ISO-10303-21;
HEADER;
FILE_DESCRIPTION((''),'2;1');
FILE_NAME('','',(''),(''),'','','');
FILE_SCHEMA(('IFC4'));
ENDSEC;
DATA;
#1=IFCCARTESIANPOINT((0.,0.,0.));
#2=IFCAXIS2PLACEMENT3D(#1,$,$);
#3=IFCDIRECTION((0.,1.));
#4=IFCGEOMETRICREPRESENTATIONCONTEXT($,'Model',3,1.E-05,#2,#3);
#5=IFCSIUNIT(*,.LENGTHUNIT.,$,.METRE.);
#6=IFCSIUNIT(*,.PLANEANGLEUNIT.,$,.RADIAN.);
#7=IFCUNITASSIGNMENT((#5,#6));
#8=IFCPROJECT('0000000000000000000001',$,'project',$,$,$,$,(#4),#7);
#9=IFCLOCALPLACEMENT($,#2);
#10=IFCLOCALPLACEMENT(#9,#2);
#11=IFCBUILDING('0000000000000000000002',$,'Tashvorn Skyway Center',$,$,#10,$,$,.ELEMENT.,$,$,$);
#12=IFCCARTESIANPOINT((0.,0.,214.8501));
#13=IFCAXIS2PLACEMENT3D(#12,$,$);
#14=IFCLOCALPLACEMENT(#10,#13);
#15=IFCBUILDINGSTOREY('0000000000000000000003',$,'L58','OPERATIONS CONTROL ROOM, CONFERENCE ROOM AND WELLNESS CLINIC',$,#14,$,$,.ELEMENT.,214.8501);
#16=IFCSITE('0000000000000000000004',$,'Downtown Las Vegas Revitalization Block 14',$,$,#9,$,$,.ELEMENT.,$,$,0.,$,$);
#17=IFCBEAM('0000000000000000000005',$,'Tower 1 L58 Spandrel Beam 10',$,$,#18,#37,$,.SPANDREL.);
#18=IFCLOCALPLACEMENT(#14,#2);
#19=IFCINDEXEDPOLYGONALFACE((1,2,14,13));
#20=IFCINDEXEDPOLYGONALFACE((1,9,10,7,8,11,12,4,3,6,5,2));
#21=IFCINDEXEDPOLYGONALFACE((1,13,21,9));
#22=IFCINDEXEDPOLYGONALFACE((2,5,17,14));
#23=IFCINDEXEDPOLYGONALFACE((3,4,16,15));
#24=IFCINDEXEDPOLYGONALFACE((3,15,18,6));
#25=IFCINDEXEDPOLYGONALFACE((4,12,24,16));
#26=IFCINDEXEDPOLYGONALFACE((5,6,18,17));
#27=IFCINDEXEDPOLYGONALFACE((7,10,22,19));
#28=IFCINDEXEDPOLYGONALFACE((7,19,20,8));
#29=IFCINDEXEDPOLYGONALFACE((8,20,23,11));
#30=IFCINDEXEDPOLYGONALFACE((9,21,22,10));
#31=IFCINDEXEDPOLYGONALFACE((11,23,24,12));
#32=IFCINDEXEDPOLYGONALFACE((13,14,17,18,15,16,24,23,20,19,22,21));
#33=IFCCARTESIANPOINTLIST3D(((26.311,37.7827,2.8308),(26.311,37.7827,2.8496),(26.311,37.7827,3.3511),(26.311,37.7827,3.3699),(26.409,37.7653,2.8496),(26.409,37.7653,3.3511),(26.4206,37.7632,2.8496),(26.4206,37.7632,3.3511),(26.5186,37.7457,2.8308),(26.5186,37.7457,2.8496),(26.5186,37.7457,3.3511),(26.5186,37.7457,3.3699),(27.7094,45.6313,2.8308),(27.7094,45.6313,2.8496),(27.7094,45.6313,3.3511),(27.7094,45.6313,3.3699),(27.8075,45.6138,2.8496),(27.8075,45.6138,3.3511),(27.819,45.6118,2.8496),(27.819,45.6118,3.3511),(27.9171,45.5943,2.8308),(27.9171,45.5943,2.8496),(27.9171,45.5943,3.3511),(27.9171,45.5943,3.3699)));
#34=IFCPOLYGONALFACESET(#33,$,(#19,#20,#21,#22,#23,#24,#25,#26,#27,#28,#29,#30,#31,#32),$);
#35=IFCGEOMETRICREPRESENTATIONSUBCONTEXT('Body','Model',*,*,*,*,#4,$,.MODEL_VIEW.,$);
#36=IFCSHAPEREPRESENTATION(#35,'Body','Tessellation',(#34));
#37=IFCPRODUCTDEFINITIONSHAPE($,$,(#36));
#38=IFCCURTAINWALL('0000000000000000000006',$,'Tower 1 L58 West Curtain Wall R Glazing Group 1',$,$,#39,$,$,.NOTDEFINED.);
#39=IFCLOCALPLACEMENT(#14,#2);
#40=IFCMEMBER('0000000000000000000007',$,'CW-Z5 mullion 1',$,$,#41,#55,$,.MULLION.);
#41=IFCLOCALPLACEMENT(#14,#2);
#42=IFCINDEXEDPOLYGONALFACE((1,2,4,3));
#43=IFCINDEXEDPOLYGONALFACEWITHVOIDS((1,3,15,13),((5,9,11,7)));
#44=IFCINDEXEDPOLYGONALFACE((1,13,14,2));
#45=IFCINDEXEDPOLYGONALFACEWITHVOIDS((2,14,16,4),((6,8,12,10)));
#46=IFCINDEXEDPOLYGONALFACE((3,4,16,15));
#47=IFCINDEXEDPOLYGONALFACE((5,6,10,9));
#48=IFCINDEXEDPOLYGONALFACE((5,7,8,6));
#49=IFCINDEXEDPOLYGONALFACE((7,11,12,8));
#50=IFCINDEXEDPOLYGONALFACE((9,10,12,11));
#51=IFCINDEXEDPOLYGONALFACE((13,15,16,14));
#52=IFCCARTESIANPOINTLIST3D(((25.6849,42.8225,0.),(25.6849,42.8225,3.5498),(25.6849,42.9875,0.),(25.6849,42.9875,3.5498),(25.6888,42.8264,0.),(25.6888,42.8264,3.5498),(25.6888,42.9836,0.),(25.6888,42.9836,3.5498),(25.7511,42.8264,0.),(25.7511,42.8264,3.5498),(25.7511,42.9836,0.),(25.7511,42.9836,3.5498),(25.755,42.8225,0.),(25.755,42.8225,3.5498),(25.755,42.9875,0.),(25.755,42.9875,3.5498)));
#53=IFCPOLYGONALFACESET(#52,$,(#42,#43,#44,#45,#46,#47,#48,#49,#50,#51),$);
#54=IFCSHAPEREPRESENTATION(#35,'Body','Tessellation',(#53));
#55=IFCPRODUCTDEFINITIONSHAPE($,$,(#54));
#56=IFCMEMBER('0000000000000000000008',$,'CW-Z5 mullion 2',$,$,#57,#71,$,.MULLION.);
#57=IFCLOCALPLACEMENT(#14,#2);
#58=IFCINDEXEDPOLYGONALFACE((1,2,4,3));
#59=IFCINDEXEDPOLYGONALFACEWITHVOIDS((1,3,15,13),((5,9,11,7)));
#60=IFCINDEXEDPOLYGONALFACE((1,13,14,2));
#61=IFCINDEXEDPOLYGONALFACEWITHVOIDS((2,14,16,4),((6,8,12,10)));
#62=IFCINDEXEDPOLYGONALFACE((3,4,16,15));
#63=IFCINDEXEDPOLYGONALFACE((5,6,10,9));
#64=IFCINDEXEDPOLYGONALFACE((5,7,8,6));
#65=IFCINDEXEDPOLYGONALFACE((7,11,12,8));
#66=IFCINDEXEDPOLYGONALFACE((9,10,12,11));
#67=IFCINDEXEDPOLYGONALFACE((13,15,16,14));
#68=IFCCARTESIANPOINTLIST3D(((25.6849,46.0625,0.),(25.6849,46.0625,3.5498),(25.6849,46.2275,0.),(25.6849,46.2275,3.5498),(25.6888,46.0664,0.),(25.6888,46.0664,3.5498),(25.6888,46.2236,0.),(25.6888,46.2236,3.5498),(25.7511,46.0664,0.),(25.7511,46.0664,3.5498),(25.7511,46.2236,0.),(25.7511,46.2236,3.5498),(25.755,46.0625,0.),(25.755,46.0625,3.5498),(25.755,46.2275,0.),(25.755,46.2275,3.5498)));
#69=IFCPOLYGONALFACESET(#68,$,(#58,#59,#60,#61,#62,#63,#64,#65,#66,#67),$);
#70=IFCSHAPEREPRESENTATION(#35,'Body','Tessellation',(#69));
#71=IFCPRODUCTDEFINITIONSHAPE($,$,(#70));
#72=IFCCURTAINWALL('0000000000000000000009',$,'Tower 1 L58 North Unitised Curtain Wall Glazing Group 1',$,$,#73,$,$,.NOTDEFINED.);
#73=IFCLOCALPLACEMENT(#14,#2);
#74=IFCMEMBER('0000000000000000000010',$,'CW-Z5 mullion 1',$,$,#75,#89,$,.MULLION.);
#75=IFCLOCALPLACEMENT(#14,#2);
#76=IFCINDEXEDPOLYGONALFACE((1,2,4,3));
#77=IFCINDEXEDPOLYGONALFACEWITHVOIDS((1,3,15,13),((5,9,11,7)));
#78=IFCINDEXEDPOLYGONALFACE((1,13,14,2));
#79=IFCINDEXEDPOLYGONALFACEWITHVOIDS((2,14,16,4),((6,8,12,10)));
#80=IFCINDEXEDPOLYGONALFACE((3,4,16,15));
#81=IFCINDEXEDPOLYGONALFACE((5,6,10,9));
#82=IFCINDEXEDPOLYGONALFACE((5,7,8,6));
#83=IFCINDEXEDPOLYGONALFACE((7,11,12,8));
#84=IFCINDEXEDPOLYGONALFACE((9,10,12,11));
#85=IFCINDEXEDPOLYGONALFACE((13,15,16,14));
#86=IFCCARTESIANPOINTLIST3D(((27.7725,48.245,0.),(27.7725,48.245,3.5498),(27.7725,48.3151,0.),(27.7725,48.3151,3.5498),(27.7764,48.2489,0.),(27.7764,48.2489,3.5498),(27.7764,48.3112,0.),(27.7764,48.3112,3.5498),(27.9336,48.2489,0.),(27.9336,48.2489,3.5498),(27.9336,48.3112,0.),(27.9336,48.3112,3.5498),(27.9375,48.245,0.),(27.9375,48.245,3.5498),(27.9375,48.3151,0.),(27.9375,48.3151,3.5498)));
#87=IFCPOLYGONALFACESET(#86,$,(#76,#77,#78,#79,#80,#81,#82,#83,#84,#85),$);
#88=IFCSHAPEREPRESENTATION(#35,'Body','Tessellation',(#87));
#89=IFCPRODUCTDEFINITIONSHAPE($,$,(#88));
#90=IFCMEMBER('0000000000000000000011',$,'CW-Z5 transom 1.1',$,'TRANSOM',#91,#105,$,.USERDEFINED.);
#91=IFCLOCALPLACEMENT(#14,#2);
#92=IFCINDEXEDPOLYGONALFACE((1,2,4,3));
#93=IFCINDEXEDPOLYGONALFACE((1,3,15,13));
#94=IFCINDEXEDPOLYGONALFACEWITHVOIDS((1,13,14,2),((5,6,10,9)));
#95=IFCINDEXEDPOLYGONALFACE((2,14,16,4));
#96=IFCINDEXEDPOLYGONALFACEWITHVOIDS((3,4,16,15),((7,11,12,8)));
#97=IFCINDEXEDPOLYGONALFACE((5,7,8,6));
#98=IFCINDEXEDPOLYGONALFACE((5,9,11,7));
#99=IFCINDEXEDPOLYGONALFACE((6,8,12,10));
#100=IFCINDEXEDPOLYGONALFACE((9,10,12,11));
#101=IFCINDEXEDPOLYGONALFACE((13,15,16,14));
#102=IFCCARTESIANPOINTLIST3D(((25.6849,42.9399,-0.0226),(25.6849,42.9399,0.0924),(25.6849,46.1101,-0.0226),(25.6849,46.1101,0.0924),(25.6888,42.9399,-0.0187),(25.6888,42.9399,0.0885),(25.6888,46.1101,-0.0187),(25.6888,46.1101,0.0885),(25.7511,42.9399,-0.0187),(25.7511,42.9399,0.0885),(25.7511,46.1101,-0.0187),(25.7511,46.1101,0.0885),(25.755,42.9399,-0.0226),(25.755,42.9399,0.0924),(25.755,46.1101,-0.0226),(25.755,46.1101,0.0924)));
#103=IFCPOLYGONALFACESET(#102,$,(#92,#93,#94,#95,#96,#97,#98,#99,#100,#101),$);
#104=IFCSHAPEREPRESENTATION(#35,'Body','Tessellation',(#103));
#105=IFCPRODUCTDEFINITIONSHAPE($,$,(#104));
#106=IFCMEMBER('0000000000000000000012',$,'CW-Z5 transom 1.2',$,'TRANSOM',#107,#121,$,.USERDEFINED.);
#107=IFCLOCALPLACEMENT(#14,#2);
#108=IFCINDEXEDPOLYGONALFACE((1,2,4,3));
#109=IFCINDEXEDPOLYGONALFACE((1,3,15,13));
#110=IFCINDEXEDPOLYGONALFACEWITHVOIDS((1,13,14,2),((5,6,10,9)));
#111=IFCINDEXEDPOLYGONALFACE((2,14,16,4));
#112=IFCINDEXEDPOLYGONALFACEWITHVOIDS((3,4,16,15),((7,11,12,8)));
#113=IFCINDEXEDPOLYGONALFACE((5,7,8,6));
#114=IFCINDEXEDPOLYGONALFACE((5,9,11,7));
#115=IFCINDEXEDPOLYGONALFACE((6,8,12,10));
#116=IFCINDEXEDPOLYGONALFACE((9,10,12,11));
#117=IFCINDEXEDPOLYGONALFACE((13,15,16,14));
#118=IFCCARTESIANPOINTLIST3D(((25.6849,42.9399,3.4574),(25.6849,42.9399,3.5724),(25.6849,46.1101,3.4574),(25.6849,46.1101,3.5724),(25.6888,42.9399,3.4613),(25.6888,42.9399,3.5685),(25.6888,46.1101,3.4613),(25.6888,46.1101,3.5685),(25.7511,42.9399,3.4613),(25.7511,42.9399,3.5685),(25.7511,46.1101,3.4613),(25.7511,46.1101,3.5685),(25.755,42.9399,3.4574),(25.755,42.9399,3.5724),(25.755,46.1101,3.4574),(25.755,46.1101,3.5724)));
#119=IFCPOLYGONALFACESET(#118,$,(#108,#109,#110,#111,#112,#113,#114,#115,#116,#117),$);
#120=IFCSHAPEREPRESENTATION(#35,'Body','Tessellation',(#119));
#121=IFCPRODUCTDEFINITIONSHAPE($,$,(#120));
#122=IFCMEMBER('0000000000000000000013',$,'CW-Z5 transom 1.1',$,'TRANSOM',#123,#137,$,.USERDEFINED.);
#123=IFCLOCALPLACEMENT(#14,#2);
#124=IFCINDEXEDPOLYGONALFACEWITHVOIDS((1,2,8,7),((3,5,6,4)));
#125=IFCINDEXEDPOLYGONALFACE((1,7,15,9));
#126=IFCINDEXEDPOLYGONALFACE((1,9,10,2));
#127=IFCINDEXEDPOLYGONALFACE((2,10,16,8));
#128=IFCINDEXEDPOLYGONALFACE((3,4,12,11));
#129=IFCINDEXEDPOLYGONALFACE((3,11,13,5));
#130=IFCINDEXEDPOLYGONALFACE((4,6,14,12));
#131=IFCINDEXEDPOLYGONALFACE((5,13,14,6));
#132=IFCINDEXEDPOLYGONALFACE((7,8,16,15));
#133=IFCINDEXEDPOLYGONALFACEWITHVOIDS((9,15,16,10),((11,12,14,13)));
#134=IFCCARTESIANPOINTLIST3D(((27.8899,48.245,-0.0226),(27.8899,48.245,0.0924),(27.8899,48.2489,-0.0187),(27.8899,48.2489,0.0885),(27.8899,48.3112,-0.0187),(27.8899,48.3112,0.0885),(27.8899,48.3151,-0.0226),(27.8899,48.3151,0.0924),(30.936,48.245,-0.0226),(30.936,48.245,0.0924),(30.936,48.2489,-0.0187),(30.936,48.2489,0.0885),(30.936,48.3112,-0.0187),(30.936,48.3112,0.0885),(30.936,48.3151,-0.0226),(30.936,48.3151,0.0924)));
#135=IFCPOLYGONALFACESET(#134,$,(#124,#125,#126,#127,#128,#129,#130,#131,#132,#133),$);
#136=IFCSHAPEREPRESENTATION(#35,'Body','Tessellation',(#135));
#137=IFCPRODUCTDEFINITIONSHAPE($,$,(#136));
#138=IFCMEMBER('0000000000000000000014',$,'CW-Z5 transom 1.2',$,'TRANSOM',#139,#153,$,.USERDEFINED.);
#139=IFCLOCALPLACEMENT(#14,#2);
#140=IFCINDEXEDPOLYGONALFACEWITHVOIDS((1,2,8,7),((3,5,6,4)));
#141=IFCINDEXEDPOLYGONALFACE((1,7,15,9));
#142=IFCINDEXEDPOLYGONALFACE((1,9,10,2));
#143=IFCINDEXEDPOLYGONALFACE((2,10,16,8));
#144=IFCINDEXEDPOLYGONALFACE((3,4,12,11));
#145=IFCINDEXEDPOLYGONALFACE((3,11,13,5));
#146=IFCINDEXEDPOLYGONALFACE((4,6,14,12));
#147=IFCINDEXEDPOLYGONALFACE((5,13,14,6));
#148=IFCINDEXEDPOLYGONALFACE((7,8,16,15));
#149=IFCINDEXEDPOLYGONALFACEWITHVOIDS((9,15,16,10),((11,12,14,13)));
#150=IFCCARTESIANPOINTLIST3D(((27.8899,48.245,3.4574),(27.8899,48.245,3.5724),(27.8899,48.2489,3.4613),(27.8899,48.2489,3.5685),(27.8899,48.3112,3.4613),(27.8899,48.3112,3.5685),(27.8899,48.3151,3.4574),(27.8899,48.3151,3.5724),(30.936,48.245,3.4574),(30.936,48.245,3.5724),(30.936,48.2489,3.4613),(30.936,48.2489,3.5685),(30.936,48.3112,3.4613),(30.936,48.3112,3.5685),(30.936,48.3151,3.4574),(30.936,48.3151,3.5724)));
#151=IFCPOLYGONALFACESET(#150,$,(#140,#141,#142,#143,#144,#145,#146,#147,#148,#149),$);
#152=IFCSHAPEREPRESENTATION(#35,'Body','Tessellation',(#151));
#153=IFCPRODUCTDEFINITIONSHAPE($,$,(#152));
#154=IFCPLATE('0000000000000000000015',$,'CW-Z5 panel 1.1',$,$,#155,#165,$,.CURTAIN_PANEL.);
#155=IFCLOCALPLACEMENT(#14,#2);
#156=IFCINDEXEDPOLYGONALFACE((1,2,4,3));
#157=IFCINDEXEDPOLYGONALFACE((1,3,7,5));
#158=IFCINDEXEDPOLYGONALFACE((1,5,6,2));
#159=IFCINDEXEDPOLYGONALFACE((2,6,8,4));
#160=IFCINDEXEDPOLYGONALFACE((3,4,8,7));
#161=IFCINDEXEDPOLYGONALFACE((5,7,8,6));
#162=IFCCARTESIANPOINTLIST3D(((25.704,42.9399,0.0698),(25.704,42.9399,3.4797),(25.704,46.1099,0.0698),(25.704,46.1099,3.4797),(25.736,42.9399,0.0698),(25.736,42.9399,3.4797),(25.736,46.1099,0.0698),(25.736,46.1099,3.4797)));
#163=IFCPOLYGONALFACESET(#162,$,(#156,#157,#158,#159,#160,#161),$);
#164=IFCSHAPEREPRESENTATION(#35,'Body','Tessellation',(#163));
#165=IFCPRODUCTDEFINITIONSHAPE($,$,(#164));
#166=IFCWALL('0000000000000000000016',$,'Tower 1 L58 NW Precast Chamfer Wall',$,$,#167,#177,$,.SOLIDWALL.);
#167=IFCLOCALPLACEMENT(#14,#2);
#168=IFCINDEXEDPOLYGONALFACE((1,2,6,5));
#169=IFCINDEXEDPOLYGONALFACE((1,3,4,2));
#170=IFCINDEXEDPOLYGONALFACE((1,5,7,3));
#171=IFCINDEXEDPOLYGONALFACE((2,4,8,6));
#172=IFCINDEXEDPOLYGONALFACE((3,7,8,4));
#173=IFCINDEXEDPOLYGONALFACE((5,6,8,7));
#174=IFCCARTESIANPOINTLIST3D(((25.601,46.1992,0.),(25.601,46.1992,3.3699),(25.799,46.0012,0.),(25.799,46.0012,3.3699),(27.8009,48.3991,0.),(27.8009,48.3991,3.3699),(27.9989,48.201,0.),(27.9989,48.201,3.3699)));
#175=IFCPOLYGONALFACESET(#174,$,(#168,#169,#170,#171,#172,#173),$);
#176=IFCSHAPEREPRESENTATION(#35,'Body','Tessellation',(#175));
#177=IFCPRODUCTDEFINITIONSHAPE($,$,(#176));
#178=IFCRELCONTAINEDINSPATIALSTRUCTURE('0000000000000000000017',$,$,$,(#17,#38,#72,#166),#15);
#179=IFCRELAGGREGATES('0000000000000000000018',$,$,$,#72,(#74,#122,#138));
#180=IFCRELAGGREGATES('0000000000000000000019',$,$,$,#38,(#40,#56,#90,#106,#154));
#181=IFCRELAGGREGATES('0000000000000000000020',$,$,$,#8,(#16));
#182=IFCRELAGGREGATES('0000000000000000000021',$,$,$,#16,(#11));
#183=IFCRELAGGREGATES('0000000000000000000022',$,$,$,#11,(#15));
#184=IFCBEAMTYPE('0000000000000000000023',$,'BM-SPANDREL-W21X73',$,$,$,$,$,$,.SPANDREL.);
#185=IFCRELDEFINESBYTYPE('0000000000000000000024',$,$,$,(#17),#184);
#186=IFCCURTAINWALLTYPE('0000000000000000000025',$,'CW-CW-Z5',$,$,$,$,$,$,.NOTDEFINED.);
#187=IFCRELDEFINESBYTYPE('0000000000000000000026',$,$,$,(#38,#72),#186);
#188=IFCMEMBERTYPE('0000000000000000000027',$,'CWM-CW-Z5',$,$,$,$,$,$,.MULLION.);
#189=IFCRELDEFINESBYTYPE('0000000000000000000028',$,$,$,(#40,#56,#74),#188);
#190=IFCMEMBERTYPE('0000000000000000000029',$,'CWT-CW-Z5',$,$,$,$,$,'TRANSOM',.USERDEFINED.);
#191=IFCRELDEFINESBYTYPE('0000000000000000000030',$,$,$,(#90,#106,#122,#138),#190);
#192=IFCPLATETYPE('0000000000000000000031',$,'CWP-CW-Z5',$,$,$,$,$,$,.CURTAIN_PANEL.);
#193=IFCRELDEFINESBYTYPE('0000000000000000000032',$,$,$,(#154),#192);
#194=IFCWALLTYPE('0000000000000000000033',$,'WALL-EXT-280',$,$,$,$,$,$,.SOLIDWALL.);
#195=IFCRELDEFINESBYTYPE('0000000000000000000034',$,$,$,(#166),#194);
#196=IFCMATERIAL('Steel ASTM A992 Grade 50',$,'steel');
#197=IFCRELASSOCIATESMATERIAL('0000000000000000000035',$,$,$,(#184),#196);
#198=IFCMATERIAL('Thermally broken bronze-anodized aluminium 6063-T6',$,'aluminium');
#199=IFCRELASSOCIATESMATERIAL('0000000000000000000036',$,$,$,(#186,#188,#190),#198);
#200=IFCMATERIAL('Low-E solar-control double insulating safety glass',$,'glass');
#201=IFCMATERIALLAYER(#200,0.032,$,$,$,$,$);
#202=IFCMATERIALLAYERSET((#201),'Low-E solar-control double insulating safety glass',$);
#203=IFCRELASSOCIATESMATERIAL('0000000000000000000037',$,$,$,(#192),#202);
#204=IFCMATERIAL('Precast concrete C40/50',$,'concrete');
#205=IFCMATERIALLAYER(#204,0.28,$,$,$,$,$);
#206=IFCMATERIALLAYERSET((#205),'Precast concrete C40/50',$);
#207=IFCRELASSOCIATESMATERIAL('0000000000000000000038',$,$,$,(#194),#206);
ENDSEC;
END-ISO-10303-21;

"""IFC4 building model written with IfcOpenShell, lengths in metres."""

from ifc_helpers import new_model, si_unit, direction, frame, frame_2d, origin, origin_2d, place, context, subcontext, project, spatial, rectangle, hollow_rectangle, i_section, extrude, material, layer, layer_set, material_profile, profile_set, type_object, element, aggregate, save


model = new_model("IFC4")

# Units and contexts
model_context = context("Model", 3, precision=1e-05, world=origin(), true_north=direction((0.0, 1.0)))
body_context = subcontext(model_context, "Body", "Model", "MODEL_VIEW")
ifc_project = project(units=[si_unit("LENGTHUNIT", "METRE"), si_unit("PLANEANGLEUNIT", "RADIAN")], contexts=[model_context])

# Site, building, storey
site_placement = place(None, origin())
site = spatial("IfcSite", under=ifc_project, at=site_placement, Name="Downtown Las Vegas Revitalization Block 14", CompositionType="ELEMENT", RefElevation=0.0)
building_placement = place(site_placement, origin())
building = spatial("IfcBuilding", under=site, at=building_placement, Name="Tashvorn Skyway Center", CompositionType="ELEMENT")
storey_placement = place(building_placement, frame((0.0, 0.0, 214.8501)))
storey = spatial("IfcBuildingStorey", under=building, at=storey_placement, Name="L58", Description="OPERATIONS CONTROL ROOM, CONFERENCE ROOM AND WELLNESS CLINIC", CompositionType="ELEMENT", Elevation=214.8501)

# Beam
ifc_material_1 = material(Name="Steel ASTM A992 Grade 50", Category="steel")
ifc_material_profile_1 = material_profile(ifc_material_1, i_section(OverallWidth=0.2109, OverallDepth=0.5391, WebThickness=0.0117, FlangeThickness=0.0188, at=origin_2d()), Name="W21X73")
ifc_profile_set_1 = profile_set([ifc_material_profile_1], Name="Steel ASTM A992 Grade 50")
beam_type = type_object("IfcBeamType", Name="BM-SPANDREL-W21X73", PredefinedType="SPANDREL", material=ifc_profile_set_1)
beam_placement = place(storey_placement, frame((27.8132, 45.6128, 3.1003), z_axis=(-0.175413, -0.984495, 0.0), x_axis=(0.984495, -0.175413, 0.0)))
element("IfcBeam", 1, at=beam_placement, inside=storey, type_object=beam_type, Name="Tower 1 L58 Spandrel Beam 10", PredefinedType="SPANDREL", context=body_context, shape_type="SweptSolid", body=[
    extrude(i_section(OverallWidth=0.2109, OverallDepth=0.5391, WebThickness=0.0117, FlangeThickness=0.0188, at=origin_2d()), origin(), (0.0, 0.0, 1.0), 7.9722),
])

# Curtain wall, members
ifc_material_2 = material(Name="Thermally broken bronze-anodized aluminium 6063-T6", Category="aluminium")
curtain_wall_type = type_object("IfcCurtainWallType", Name="CW-CW-Z5", PredefinedType="NOTDEFINED", material=ifc_material_2)
curtain_wall_1_placement = place(storey_placement, origin())
curtain_wall_1 = element("IfcCurtainWall", 2, at=curtain_wall_1_placement, inside=storey, type_object=curtain_wall_type, Name="Tower 1 L58 West Curtain Wall R Glazing Group 1", PredefinedType="NOTDEFINED")
ifc_material_profile_2 = material_profile(ifc_material_2, hollow_rectangle(XDim=0.0701, YDim=0.165, WallThickness=0.0039, at=origin_2d()), Name="ALU-MULL-70x165")
ifc_profile_set_2 = profile_set([ifc_material_profile_2], Name="Thermally broken bronze-anodized aluminium 6063-T6")
member_type_1 = type_object("IfcMemberType", Name="CWM-CW-Z5", PredefinedType="MULLION", material=ifc_profile_set_2)
member_1_placement = place(storey_placement, frame((25.72, 42.905, 0.0), z_axis=(0.0, 0.0, 1.0), x_axis=(-1.0, 0.0, 0.0)))
member_1 = element("IfcMember", 3, at=member_1_placement, type_object=member_type_1, Name="CW-Z5 mullion 1", PredefinedType="MULLION", context=body_context, shape_type="SweptSolid", body=[
    extrude(hollow_rectangle(XDim=0.0701, YDim=0.165, WallThickness=0.0039, at=origin_2d()), origin(), (0.0, 0.0, 1.0), 3.5498),
])
member_2_placement = place(storey_placement, frame((25.72, 46.145, 0.0), z_axis=(0.0, 0.0, 1.0), x_axis=(-1.0, 0.0, 0.0)))
member_2 = element("IfcMember", 4, at=member_2_placement, type_object=member_type_1, Name="CW-Z5 mullion 2", PredefinedType="MULLION", context=body_context, shape_type="SweptSolid", body=[
    extrude(hollow_rectangle(XDim=0.0701, YDim=0.165, WallThickness=0.0039, at=origin_2d()), origin(), (0.0, 0.0, 1.0), 3.5498),
])

# Curtain wall, member
curtain_wall_2_placement = place(storey_placement, origin())
curtain_wall_2 = element("IfcCurtainWall", 5, at=curtain_wall_2_placement, inside=storey, type_object=curtain_wall_type, Name="Tower 1 L58 North Unitised Curtain Wall Glazing Group 1", PredefinedType="NOTDEFINED")
member_3_placement = place(storey_placement, frame((27.855, 48.28, 0.0), z_axis=(0.0, 0.0, 1.0), x_axis=(0.0, 1.0, 0.0)))
member_3 = element("IfcMember", 6, at=member_3_placement, type_object=member_type_1, Name="CW-Z5 mullion 1", PredefinedType="MULLION", context=body_context, shape_type="SweptSolid", body=[
    extrude(hollow_rectangle(XDim=0.0701, YDim=0.165, WallThickness=0.0039, at=origin_2d()), origin(), (0.0, 0.0, 1.0), 3.5498),
])

# Members
ifc_material_profile_3 = material_profile(ifc_material_2, hollow_rectangle(XDim=0.0701, YDim=0.115, WallThickness=0.0039, at=origin_2d()), Name="ALU-TRAN-70x115")
ifc_profile_set_3 = profile_set([ifc_material_profile_3], Name="Thermally broken bronze-anodized aluminium 6063-T6")
member_type_2 = type_object("IfcMemberType", Name="CWT-CW-Z5", ElementType="TRANSOM", PredefinedType="USERDEFINED", material=ifc_profile_set_3)
member_4_placement = place(storey_placement, frame((25.72, 42.9399, 0.0349), z_axis=(0.0, 1.0, 0.0), x_axis=(-1.0, 0.0, 0.0)))
member_4 = element("IfcMember", 7, at=member_4_placement, type_object=member_type_2, Name="CW-Z5 transom 1.1", ObjectType="TRANSOM", PredefinedType="USERDEFINED", context=body_context, shape_type="SweptSolid", body=[
    extrude(hollow_rectangle(XDim=0.0701, YDim=0.115, WallThickness=0.0039, at=origin_2d()), origin(), (0.0, 0.0, 1.0), 3.1702),
])
member_5_placement = place(storey_placement, frame((25.72, 42.9399, 3.5149), z_axis=(0.0, 1.0, 0.0), x_axis=(-1.0, 0.0, 0.0)))
member_5 = element("IfcMember", 8, at=member_5_placement, type_object=member_type_2, Name="CW-Z5 transom 1.2", ObjectType="TRANSOM", PredefinedType="USERDEFINED", context=body_context, shape_type="SweptSolid", body=[
    extrude(hollow_rectangle(XDim=0.0701, YDim=0.115, WallThickness=0.0039, at=origin_2d()), origin(), (0.0, 0.0, 1.0), 3.1702),
])
member_6_placement = place(storey_placement, frame((27.8899, 48.28, 0.0349), z_axis=(1.0, 0.0, 0.0), x_axis=(0.0, 1.0, 0.0)))
member_6 = element("IfcMember", 9, at=member_6_placement, type_object=member_type_2, Name="CW-Z5 transom 1.1", ObjectType="TRANSOM", PredefinedType="USERDEFINED", context=body_context, shape_type="SweptSolid", body=[
    extrude(hollow_rectangle(XDim=0.0701, YDim=0.115, WallThickness=0.0039, at=origin_2d()), origin(), (0.0, 0.0, 1.0), 3.0461),
])
member_7_placement = place(storey_placement, frame((27.8899, 48.28, 3.5149), z_axis=(1.0, 0.0, 0.0), x_axis=(0.0, 1.0, 0.0)))
member_7 = element("IfcMember", 10, at=member_7_placement, type_object=member_type_2, Name="CW-Z5 transom 1.2", ObjectType="TRANSOM", PredefinedType="USERDEFINED", context=body_context, shape_type="SweptSolid", body=[
    extrude(hollow_rectangle(XDim=0.0701, YDim=0.115, WallThickness=0.0039, at=origin_2d()), origin(), (0.0, 0.0, 1.0), 3.0461),
])
aggregate(curtain_wall_2, [member_3, member_6, member_7])

# Plate
ifc_material_3 = material(Name="Low-E solar-control double insulating safety glass", Category="glass")
ifc_layer_1 = layer(ifc_material_3, 0.032)
ifc_layer_set_1 = layer_set([ifc_layer_1], Name="Low-E solar-control double insulating safety glass")
plate_type = type_object("IfcPlateType", Name="CWP-CW-Z5", PredefinedType="CURTAIN_PANEL", material=ifc_layer_set_1)
plate_placement = place(storey_placement, frame((25.72, 44.5249, 0.0698), z_axis=(0.0, 0.0, 1.0), x_axis=(0.0, 1.0, 0.0)))
plate = element("IfcPlate", 11, at=plate_placement, type_object=plate_type, Name="CW-Z5 panel 1.1", PredefinedType="CURTAIN_PANEL", context=body_context, shape_type="SweptSolid", body=[
    extrude(rectangle(XDim=3.1699, YDim=0.032, at=origin_2d()), origin(), (0.0, 0.0, 1.0), 3.4099),
])
aggregate(curtain_wall_1, [member_1, member_2, member_4, member_5, plate])

# Wall
ifc_material_4 = material(Name="Precast concrete C40/50", Category="concrete")
ifc_layer_2 = layer(ifc_material_4, 0.28)
ifc_layer_set_2 = layer_set([ifc_layer_2], Name="Precast concrete C40/50")
wall_type_1 = type_object("IfcWallType", Name="WALL-EXT-280", PredefinedType="SOLIDWALL", material=ifc_layer_set_2)
wall_1_placement = place(storey_placement, frame((25.7, 46.1001, 0.0), z_axis=(0.0, 0.0, 1.0), x_axis=(0.707107, 0.707107, 0.0)))
element("IfcWall", 12, at=wall_1_placement, inside=storey, type_object=wall_type_1, Name="Tower 1 L58 NW Precast Chamfer Wall", PredefinedType="SOLIDWALL", context=body_context, shape_type="SweptSolid", body=[
    extrude(rectangle(XDim=3.1111, YDim=0.28, at=frame_2d((1.5557, 0.0))), origin(), (0.0, 0.0, 1.0), 3.3699),
])

save(model, "model.ifc")
